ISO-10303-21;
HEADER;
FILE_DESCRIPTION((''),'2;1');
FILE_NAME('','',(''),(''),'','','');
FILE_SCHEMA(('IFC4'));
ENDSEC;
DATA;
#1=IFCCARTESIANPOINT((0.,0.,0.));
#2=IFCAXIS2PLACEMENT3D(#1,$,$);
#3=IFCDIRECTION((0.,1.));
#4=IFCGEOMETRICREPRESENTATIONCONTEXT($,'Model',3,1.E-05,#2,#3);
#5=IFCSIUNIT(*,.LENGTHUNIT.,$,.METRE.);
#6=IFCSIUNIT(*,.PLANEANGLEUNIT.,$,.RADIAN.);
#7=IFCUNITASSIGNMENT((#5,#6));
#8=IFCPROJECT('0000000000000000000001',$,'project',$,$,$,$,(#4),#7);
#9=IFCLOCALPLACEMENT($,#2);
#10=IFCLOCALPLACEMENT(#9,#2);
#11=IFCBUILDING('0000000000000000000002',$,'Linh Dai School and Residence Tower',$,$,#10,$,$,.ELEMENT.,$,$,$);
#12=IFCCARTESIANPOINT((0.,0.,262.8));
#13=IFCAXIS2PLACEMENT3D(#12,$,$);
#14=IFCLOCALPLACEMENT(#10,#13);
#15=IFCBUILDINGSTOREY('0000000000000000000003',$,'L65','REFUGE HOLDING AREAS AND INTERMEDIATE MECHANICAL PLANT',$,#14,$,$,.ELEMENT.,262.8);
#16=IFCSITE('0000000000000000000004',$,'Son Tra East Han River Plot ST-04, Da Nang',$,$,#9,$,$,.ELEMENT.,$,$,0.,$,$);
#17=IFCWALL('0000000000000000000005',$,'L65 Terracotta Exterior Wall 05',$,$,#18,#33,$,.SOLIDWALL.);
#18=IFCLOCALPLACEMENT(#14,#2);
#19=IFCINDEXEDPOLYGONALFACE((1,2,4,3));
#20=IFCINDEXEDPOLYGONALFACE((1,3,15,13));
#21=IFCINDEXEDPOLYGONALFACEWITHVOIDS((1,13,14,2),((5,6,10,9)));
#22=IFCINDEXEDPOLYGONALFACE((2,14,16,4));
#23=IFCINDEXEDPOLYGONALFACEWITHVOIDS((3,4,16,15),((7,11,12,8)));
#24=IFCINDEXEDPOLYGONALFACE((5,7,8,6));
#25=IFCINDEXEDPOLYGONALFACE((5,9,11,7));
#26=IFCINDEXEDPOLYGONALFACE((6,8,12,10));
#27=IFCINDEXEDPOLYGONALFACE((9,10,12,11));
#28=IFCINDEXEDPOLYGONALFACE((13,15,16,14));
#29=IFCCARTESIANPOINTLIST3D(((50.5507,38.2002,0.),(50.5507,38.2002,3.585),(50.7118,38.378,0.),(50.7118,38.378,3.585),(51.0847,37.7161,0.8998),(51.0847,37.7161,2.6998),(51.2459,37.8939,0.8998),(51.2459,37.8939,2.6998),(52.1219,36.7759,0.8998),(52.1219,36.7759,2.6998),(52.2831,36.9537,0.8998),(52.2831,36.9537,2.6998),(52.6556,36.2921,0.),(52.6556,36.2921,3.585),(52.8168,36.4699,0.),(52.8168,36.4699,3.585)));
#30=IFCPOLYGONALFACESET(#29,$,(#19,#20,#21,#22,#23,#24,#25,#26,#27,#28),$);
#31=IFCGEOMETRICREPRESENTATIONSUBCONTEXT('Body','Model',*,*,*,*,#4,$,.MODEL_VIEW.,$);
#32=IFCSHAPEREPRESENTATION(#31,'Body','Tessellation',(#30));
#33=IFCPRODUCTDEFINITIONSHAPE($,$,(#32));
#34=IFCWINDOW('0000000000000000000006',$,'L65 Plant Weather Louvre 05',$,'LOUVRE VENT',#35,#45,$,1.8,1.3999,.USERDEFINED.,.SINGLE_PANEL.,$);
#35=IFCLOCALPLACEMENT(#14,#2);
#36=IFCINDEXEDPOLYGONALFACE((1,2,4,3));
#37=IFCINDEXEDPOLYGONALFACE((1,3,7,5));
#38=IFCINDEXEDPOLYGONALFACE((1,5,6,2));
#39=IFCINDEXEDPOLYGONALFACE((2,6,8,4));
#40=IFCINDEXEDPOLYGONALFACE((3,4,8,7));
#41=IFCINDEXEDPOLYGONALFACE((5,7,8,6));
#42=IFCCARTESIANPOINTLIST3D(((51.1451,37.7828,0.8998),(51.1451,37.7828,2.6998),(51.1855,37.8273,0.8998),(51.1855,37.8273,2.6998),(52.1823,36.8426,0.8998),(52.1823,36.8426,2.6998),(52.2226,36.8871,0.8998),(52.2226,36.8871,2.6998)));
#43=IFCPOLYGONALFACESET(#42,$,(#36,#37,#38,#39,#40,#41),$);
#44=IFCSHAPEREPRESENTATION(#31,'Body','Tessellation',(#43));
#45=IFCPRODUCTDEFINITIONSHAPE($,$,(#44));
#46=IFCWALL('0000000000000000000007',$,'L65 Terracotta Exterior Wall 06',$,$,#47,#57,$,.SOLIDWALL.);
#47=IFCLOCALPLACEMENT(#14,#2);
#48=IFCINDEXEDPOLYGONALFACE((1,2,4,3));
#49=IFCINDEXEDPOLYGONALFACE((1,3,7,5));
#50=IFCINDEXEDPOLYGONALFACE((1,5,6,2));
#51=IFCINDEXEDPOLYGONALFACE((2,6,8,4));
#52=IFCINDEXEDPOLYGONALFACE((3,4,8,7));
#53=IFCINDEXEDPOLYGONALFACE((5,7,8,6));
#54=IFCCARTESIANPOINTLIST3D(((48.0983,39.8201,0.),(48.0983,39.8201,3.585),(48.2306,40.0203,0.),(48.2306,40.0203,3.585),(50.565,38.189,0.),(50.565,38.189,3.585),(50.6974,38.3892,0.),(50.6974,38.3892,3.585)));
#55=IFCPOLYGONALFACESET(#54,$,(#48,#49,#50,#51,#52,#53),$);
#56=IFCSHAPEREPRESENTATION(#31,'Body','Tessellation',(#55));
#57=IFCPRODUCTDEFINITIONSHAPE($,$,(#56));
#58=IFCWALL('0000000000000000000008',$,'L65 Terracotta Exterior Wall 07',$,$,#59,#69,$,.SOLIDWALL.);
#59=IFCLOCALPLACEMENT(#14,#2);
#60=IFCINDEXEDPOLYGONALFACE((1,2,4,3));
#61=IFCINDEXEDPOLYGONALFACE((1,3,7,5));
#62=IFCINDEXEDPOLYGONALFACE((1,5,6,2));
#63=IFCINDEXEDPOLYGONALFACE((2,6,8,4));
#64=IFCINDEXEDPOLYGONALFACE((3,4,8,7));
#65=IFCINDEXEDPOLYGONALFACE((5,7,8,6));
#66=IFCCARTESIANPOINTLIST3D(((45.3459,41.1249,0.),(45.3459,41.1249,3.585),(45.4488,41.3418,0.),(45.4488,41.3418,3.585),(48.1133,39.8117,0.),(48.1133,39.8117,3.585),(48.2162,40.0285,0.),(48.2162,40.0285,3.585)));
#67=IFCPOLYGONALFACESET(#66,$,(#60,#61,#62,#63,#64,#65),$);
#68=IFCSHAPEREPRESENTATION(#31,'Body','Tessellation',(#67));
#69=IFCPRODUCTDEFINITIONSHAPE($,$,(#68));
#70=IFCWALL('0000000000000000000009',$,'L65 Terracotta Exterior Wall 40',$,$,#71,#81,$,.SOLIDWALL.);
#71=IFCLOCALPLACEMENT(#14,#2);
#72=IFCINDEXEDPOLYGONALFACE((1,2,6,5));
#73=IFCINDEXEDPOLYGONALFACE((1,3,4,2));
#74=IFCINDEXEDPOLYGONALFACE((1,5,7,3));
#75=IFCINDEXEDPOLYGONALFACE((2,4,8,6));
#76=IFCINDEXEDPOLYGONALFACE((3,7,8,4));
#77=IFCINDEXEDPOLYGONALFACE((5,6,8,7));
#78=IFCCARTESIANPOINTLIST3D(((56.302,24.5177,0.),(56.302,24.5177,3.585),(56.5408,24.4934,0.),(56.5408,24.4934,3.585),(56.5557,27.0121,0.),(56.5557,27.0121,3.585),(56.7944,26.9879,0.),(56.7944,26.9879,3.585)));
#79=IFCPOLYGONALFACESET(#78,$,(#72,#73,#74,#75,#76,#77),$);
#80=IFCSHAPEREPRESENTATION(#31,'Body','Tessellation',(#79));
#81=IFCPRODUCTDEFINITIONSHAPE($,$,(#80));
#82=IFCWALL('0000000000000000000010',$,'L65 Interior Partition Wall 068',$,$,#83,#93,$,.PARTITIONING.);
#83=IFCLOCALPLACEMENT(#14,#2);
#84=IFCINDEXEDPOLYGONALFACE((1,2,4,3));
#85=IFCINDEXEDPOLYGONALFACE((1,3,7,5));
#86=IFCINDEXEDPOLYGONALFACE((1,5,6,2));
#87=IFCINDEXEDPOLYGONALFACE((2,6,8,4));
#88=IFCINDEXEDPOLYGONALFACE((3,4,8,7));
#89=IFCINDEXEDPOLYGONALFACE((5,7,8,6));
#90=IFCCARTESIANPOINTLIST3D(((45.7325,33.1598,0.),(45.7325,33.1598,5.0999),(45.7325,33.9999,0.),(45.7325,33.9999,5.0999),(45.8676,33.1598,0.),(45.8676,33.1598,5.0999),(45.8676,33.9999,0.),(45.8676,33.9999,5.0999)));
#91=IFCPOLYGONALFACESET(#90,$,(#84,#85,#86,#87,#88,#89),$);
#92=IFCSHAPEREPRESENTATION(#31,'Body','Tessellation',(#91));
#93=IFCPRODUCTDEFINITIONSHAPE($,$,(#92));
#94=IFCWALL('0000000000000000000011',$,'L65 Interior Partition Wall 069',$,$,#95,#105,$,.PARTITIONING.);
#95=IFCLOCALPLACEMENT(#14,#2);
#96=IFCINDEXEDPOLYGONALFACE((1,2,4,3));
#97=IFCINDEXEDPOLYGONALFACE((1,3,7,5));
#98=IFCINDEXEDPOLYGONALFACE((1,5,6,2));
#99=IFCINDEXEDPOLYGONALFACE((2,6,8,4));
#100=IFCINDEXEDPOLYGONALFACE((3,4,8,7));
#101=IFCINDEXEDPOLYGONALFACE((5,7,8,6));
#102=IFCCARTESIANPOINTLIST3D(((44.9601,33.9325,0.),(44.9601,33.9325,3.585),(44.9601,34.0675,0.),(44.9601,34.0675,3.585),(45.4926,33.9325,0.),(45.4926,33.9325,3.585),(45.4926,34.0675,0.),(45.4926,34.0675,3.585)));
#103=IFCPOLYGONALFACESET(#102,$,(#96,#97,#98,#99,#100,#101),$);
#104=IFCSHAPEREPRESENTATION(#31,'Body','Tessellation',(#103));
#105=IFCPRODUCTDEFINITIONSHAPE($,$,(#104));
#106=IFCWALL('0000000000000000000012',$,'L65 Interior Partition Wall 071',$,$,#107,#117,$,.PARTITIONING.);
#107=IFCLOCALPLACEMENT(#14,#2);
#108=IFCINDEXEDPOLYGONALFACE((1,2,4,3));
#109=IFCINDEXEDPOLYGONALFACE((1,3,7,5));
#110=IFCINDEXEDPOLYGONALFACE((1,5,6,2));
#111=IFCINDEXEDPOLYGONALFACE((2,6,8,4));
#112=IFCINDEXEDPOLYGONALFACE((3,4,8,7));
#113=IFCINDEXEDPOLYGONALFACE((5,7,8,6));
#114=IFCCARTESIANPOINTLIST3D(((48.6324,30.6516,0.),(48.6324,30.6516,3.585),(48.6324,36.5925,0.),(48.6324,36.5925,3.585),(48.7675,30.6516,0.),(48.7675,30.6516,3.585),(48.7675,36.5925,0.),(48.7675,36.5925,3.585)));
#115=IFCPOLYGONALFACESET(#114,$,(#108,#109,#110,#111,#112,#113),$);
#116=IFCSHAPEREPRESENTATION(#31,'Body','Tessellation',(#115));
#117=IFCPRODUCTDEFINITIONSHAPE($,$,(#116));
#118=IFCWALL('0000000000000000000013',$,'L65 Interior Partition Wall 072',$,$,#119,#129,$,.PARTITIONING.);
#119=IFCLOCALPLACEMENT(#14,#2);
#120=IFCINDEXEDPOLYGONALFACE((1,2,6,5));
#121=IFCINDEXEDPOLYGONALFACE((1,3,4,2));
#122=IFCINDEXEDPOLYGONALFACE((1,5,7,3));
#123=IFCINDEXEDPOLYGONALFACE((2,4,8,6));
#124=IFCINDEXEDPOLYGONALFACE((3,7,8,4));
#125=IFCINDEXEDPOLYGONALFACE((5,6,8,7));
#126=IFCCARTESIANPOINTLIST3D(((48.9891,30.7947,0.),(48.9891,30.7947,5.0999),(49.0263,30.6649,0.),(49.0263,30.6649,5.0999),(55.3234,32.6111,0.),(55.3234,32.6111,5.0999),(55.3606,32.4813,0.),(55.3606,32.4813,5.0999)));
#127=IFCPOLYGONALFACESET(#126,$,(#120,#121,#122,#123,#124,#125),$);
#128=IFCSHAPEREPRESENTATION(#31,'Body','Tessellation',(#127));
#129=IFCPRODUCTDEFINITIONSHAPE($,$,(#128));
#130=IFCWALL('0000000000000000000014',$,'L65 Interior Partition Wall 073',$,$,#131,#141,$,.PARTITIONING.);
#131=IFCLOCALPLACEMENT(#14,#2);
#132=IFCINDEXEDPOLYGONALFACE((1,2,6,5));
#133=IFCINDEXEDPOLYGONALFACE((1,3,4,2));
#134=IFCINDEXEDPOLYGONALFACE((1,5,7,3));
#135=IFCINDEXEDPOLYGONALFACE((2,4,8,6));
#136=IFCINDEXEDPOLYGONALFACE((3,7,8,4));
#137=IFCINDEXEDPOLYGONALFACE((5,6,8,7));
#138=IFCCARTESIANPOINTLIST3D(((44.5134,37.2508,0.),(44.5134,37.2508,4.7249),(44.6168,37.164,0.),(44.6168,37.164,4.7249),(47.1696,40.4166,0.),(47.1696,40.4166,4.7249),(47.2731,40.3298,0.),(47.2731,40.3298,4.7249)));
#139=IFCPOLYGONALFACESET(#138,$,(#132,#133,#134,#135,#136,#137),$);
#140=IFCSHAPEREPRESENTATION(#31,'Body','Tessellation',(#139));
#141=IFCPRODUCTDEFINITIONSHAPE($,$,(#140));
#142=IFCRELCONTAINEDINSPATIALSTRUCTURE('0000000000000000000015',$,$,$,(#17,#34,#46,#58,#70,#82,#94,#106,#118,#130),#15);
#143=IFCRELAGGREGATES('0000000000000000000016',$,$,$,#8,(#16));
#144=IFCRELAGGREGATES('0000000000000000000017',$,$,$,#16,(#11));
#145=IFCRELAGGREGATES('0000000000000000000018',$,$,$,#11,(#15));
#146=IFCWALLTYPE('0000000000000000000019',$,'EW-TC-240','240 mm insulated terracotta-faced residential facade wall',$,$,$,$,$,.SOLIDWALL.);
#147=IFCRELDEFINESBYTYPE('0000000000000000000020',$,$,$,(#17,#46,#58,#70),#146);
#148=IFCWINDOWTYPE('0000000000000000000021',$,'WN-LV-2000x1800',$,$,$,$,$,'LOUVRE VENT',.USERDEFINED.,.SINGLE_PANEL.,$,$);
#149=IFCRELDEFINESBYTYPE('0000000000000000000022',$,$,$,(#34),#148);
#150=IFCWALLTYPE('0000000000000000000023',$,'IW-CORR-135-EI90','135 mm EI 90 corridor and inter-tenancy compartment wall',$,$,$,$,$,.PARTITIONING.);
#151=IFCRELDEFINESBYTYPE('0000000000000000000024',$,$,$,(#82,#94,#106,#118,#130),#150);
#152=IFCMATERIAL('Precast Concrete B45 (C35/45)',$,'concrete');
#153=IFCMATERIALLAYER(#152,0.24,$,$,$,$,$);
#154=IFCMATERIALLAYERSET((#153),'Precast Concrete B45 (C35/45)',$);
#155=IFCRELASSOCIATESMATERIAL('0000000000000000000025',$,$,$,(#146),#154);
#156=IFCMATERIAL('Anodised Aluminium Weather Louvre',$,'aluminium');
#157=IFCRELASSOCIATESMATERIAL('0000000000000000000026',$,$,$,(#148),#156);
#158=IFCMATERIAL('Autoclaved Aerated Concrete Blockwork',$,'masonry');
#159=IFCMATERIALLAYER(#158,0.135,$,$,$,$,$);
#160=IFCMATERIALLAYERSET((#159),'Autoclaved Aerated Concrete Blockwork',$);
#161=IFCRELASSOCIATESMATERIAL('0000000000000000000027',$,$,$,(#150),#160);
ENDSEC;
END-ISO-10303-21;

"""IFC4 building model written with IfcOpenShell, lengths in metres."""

from ifc_helpers import new_model, si_unit, direction, frame, frame_2d, origin, origin_2d, place, context, subcontext, project, spatial, rectangle, extrude, source, transform, mapped, material, layer, layer_set, type_object, element, fill, save


model = new_model("IFC4")

# Units and contexts
model_context = context("Model", 3, precision=1e-05, world=origin(), true_north=direction((0.0, 1.0)))
body_context = subcontext(model_context, "Body", "Model", "MODEL_VIEW")
ifc_project = project(units=[si_unit("LENGTHUNIT", "METRE"), si_unit("PLANEANGLEUNIT", "RADIAN")], contexts=[model_context])

# Site, building, storey
site_placement = place(None, origin())
site = spatial("IfcSite", under=ifc_project, at=site_placement, Name="Son Tra East Han River Plot ST-04, Da Nang", CompositionType="ELEMENT", RefElevation=0.0)
building_placement = place(site_placement, origin())
building = spatial("IfcBuilding", under=site, at=building_placement, Name="Linh Dai School and Residence Tower", CompositionType="ELEMENT")
storey_placement = place(building_placement, frame((0.0, 0.0, 262.8)))
storey = spatial("IfcBuildingStorey", under=building, at=storey_placement, Name="L65", Description="REFUGE HOLDING AREAS AND INTERMEDIATE MECHANICAL PLANT", CompositionType="ELEMENT", Elevation=262.8)

# Shared definitions
ifc_material_1 = material(Name="Precast Concrete B45 (C35/45)", Category="concrete")
ifc_layer_1 = layer(ifc_material_1, 0.24)
ifc_layer_set_1 = layer_set([ifc_layer_1], Name="Precast Concrete B45 (C35/45)")
wall_type_1 = type_object("IfcWallType", Name="EW-TC-240", Description="240 mm insulated terracotta-faced residential facade wall", PredefinedType="SOLIDWALL", material=ifc_layer_set_1)

# Wall, opening, window
wall_1_placement = place(storey_placement, frame((50.6313, 38.2891, 0.0), z_axis=(0.0, 0.0, 1.0), x_axis=(0.740888, -0.671629, 0.0)))
wall_1 = element("IfcWall", 1, at=wall_1_placement, inside=storey, type_object=wall_type_1, Name="L65 Terracotta Exterior Wall 05", PredefinedType="SOLIDWALL", context=body_context, shape_type="SweptSolid", body=[
    extrude(rectangle(XDim=2.8411, YDim=0.24, at=frame_2d((1.4204, 0.0))), origin(), (0.0, 0.0, 1.0), 3.585),
])
opening_1_placement = place(wall_1_placement, frame((0.7207, 0.0, 0.8999)))
opening_1 = element("IfcOpeningElement", 2, at=opening_1_placement, cuts=wall_1, PredefinedType="OPENING", context=body_context, shape_type="SweptSolid", body=[
    extrude(rectangle(XDim=1.3999, YDim=1.8, at=origin_2d()), frame((0.7, 0.1299, 0.8999), z_axis=(0.0, -1.0, 0.0), x_axis=(1.0, 0.0, 0.0)), (0.0, 0.0, 1.0), 0.26),
])
ifc_material_2 = material(Name="Anodised Aluminium Weather Louvre", Category="aluminium")
window_type = type_object("IfcWindowType", Name="WN-LV-2000x1800", ElementType="LOUVRE VENT", PartitioningType="SINGLE_PANEL", PredefinedType="USERDEFINED", material=ifc_material_2)
shared_shape_1 = source(origin(), body_context, "Body", "SweptSolid", [
    extrude(rectangle(XDim=1.3999, YDim=1.8, at=origin_2d()), frame((0.7, 0.03, 0.8999), z_axis=(0.0, -1.0, 0.0), x_axis=(1.0, 0.0, 0.0)), (0.0, 0.0, 1.0), 0.0601),
])
window_placement = place(opening_1_placement, origin())
window = element("IfcWindow", 3, at=window_placement, inside=storey, type_object=window_type, Name="L65 Plant Weather Louvre 05", ObjectType="LOUVRE VENT", OverallHeight=1.8, OverallWidth=1.3999, PartitioningType="SINGLE_PANEL", PredefinedType="USERDEFINED", context=body_context, shape_type="MappedRepresentation", body=[
    mapped(shared_shape_1, transform((0.0, 0.0, 0.0), x_axis=(1.0, 0.0, 0.0), y_axis=(0.0, 1.0, 0.0), z_axis=(0.0, 0.0, 1.0), scale=1.0)),
])
fill(opening_1, window)

# Walls
wall_2_placement = place(storey_placement, frame((48.1646, 39.9202, 0.0), z_axis=(0.0, 0.0, 1.0), x_axis=(0.83414, -0.551553, 0.0)))
element("IfcWall", 4, at=wall_2_placement, inside=storey, type_object=wall_type_1, Name="L65 Terracotta Exterior Wall 06", PredefinedType="SOLIDWALL", context=body_context, shape_type="SweptSolid", body=[
    extrude(rectangle(XDim=2.9573, YDim=0.24, at=frame_2d((1.4785, 0.0))), origin(), (0.0, 0.0, 1.0), 3.585),
])
wall_3_placement = place(storey_placement, frame((45.3972, 41.2334, 0.0), z_axis=(0.0, 0.0, 1.0), x_axis=(0.903436, -0.428724, 0.0)))
element("IfcWall", 5, at=wall_3_placement, inside=storey, type_object=wall_type_1, Name="L65 Terracotta Exterior Wall 07", PredefinedType="SOLIDWALL", context=body_context, shape_type="SweptSolid", body=[
    extrude(rectangle(XDim=3.0632, YDim=0.24, at=frame_2d((1.5317, 0.0))), origin(), (0.0, 0.0, 1.0), 3.585),
])
wall_4_placement = place(storey_placement, frame((56.675, 27.0, 0.0), z_axis=(0.0, 0.0, 1.0), x_axis=(-0.101171, -0.994869, 0.0)))
element("IfcWall", 6, at=wall_4_placement, inside=storey, type_object=wall_type_1, Name="L65 Terracotta Exterior Wall 40", PredefinedType="SOLIDWALL", context=body_context, shape_type="SweptSolid", body=[
    extrude(rectangle(XDim=2.5073, YDim=0.24, at=frame_2d((1.2537, 0.0))), origin(), (0.0, 0.0, 1.0), 3.585),
])
ifc_material_3 = material(Name="Autoclaved Aerated Concrete Blockwork", Category="masonry")
ifc_layer_2 = layer(ifc_material_3, 0.135)
ifc_layer_set_2 = layer_set([ifc_layer_2], Name="Autoclaved Aerated Concrete Blockwork")
wall_type_2 = type_object("IfcWallType", Name="IW-CORR-135-EI90", Description="135 mm EI 90 corridor and inter-tenancy compartment wall", PredefinedType="PARTITIONING", material=ifc_layer_set_2)
wall_5_placement = place(storey_placement, frame((45.8, 33.1599, 0.0), z_axis=(0.0, 0.0, 1.0), x_axis=(0.0, 1.0, 0.0)))
element("IfcWall", 7, at=wall_5_placement, inside=storey, type_object=wall_type_2, Name="L65 Interior Partition Wall 068", PredefinedType="PARTITIONING", context=body_context, shape_type="SweptSolid", body=[
    extrude(rectangle(XDim=0.8401, YDim=0.135, at=frame_2d((0.4199, 0.0))), origin(), (0.0, 0.0, 1.0), 5.0999),
])
wall_6_placement = place(storey_placement, frame((45.4924, 34.0, 0.0), z_axis=(0.0, 0.0, 1.0), x_axis=(-1.0, 0.0, 0.0)))
element("IfcWall", 8, at=wall_6_placement, inside=storey, type_object=wall_type_2, Name="L65 Interior Partition Wall 069", PredefinedType="PARTITIONING", context=body_context, shape_type="SweptSolid", body=[
    extrude(rectangle(XDim=0.5325, YDim=0.135, at=frame_2d((0.2661, 0.0))), origin(), (0.0, 0.0, 1.0), 3.585),
])
wall_7_placement = place(storey_placement, frame((48.7, 36.5925, 0.0), z_axis=(0.0, 0.0, 1.0), x_axis=(0.0, -1.0, 0.0)))
element("IfcWall", 9, at=wall_7_placement, inside=storey, type_object=wall_type_2, Name="L65 Interior Partition Wall 071", PredefinedType="PARTITIONING", context=body_context, shape_type="SweptSolid", body=[
    extrude(rectangle(XDim=5.9409, YDim=0.135, at=frame_2d((2.9705, 0.0))), origin(), (0.0, 0.0, 1.0), 3.585),
])
wall_8_placement = place(storey_placement, frame((49.0076, 30.7297, 0.0), z_axis=(0.0, 0.0, 1.0), x_axis=(0.961258, 0.275651, 0.0)))
element("IfcWall", 10, at=wall_8_placement, inside=storey, type_object=wall_type_2, Name="L65 Interior Partition Wall 072", PredefinedType="PARTITIONING", context=body_context, shape_type="SweptSolid", body=[
    extrude(rectangle(XDim=6.5896, YDim=0.135, at=frame_2d((3.2949, 0.0))), origin(), (0.0, 0.0, 1.0), 5.0999),
])
wall_9_placement = place(storey_placement, frame((47.2214, 40.3733, 0.0), z_axis=(0.0, 0.0, 1.0), x_axis=(-0.642767, -0.766062, 0.0)))
element("IfcWall", 11, at=wall_9_placement, inside=storey, type_object=wall_type_2, Name="L65 Interior Partition Wall 073", PredefinedType="PARTITIONING", context=body_context, shape_type="SweptSolid", body=[
    extrude(rectangle(XDim=4.1326, YDim=0.135, at=frame_2d((2.0664, 0.0))), origin(), (0.0, 0.0, 1.0), 4.7249),
])

save(model, "model.ifc")
